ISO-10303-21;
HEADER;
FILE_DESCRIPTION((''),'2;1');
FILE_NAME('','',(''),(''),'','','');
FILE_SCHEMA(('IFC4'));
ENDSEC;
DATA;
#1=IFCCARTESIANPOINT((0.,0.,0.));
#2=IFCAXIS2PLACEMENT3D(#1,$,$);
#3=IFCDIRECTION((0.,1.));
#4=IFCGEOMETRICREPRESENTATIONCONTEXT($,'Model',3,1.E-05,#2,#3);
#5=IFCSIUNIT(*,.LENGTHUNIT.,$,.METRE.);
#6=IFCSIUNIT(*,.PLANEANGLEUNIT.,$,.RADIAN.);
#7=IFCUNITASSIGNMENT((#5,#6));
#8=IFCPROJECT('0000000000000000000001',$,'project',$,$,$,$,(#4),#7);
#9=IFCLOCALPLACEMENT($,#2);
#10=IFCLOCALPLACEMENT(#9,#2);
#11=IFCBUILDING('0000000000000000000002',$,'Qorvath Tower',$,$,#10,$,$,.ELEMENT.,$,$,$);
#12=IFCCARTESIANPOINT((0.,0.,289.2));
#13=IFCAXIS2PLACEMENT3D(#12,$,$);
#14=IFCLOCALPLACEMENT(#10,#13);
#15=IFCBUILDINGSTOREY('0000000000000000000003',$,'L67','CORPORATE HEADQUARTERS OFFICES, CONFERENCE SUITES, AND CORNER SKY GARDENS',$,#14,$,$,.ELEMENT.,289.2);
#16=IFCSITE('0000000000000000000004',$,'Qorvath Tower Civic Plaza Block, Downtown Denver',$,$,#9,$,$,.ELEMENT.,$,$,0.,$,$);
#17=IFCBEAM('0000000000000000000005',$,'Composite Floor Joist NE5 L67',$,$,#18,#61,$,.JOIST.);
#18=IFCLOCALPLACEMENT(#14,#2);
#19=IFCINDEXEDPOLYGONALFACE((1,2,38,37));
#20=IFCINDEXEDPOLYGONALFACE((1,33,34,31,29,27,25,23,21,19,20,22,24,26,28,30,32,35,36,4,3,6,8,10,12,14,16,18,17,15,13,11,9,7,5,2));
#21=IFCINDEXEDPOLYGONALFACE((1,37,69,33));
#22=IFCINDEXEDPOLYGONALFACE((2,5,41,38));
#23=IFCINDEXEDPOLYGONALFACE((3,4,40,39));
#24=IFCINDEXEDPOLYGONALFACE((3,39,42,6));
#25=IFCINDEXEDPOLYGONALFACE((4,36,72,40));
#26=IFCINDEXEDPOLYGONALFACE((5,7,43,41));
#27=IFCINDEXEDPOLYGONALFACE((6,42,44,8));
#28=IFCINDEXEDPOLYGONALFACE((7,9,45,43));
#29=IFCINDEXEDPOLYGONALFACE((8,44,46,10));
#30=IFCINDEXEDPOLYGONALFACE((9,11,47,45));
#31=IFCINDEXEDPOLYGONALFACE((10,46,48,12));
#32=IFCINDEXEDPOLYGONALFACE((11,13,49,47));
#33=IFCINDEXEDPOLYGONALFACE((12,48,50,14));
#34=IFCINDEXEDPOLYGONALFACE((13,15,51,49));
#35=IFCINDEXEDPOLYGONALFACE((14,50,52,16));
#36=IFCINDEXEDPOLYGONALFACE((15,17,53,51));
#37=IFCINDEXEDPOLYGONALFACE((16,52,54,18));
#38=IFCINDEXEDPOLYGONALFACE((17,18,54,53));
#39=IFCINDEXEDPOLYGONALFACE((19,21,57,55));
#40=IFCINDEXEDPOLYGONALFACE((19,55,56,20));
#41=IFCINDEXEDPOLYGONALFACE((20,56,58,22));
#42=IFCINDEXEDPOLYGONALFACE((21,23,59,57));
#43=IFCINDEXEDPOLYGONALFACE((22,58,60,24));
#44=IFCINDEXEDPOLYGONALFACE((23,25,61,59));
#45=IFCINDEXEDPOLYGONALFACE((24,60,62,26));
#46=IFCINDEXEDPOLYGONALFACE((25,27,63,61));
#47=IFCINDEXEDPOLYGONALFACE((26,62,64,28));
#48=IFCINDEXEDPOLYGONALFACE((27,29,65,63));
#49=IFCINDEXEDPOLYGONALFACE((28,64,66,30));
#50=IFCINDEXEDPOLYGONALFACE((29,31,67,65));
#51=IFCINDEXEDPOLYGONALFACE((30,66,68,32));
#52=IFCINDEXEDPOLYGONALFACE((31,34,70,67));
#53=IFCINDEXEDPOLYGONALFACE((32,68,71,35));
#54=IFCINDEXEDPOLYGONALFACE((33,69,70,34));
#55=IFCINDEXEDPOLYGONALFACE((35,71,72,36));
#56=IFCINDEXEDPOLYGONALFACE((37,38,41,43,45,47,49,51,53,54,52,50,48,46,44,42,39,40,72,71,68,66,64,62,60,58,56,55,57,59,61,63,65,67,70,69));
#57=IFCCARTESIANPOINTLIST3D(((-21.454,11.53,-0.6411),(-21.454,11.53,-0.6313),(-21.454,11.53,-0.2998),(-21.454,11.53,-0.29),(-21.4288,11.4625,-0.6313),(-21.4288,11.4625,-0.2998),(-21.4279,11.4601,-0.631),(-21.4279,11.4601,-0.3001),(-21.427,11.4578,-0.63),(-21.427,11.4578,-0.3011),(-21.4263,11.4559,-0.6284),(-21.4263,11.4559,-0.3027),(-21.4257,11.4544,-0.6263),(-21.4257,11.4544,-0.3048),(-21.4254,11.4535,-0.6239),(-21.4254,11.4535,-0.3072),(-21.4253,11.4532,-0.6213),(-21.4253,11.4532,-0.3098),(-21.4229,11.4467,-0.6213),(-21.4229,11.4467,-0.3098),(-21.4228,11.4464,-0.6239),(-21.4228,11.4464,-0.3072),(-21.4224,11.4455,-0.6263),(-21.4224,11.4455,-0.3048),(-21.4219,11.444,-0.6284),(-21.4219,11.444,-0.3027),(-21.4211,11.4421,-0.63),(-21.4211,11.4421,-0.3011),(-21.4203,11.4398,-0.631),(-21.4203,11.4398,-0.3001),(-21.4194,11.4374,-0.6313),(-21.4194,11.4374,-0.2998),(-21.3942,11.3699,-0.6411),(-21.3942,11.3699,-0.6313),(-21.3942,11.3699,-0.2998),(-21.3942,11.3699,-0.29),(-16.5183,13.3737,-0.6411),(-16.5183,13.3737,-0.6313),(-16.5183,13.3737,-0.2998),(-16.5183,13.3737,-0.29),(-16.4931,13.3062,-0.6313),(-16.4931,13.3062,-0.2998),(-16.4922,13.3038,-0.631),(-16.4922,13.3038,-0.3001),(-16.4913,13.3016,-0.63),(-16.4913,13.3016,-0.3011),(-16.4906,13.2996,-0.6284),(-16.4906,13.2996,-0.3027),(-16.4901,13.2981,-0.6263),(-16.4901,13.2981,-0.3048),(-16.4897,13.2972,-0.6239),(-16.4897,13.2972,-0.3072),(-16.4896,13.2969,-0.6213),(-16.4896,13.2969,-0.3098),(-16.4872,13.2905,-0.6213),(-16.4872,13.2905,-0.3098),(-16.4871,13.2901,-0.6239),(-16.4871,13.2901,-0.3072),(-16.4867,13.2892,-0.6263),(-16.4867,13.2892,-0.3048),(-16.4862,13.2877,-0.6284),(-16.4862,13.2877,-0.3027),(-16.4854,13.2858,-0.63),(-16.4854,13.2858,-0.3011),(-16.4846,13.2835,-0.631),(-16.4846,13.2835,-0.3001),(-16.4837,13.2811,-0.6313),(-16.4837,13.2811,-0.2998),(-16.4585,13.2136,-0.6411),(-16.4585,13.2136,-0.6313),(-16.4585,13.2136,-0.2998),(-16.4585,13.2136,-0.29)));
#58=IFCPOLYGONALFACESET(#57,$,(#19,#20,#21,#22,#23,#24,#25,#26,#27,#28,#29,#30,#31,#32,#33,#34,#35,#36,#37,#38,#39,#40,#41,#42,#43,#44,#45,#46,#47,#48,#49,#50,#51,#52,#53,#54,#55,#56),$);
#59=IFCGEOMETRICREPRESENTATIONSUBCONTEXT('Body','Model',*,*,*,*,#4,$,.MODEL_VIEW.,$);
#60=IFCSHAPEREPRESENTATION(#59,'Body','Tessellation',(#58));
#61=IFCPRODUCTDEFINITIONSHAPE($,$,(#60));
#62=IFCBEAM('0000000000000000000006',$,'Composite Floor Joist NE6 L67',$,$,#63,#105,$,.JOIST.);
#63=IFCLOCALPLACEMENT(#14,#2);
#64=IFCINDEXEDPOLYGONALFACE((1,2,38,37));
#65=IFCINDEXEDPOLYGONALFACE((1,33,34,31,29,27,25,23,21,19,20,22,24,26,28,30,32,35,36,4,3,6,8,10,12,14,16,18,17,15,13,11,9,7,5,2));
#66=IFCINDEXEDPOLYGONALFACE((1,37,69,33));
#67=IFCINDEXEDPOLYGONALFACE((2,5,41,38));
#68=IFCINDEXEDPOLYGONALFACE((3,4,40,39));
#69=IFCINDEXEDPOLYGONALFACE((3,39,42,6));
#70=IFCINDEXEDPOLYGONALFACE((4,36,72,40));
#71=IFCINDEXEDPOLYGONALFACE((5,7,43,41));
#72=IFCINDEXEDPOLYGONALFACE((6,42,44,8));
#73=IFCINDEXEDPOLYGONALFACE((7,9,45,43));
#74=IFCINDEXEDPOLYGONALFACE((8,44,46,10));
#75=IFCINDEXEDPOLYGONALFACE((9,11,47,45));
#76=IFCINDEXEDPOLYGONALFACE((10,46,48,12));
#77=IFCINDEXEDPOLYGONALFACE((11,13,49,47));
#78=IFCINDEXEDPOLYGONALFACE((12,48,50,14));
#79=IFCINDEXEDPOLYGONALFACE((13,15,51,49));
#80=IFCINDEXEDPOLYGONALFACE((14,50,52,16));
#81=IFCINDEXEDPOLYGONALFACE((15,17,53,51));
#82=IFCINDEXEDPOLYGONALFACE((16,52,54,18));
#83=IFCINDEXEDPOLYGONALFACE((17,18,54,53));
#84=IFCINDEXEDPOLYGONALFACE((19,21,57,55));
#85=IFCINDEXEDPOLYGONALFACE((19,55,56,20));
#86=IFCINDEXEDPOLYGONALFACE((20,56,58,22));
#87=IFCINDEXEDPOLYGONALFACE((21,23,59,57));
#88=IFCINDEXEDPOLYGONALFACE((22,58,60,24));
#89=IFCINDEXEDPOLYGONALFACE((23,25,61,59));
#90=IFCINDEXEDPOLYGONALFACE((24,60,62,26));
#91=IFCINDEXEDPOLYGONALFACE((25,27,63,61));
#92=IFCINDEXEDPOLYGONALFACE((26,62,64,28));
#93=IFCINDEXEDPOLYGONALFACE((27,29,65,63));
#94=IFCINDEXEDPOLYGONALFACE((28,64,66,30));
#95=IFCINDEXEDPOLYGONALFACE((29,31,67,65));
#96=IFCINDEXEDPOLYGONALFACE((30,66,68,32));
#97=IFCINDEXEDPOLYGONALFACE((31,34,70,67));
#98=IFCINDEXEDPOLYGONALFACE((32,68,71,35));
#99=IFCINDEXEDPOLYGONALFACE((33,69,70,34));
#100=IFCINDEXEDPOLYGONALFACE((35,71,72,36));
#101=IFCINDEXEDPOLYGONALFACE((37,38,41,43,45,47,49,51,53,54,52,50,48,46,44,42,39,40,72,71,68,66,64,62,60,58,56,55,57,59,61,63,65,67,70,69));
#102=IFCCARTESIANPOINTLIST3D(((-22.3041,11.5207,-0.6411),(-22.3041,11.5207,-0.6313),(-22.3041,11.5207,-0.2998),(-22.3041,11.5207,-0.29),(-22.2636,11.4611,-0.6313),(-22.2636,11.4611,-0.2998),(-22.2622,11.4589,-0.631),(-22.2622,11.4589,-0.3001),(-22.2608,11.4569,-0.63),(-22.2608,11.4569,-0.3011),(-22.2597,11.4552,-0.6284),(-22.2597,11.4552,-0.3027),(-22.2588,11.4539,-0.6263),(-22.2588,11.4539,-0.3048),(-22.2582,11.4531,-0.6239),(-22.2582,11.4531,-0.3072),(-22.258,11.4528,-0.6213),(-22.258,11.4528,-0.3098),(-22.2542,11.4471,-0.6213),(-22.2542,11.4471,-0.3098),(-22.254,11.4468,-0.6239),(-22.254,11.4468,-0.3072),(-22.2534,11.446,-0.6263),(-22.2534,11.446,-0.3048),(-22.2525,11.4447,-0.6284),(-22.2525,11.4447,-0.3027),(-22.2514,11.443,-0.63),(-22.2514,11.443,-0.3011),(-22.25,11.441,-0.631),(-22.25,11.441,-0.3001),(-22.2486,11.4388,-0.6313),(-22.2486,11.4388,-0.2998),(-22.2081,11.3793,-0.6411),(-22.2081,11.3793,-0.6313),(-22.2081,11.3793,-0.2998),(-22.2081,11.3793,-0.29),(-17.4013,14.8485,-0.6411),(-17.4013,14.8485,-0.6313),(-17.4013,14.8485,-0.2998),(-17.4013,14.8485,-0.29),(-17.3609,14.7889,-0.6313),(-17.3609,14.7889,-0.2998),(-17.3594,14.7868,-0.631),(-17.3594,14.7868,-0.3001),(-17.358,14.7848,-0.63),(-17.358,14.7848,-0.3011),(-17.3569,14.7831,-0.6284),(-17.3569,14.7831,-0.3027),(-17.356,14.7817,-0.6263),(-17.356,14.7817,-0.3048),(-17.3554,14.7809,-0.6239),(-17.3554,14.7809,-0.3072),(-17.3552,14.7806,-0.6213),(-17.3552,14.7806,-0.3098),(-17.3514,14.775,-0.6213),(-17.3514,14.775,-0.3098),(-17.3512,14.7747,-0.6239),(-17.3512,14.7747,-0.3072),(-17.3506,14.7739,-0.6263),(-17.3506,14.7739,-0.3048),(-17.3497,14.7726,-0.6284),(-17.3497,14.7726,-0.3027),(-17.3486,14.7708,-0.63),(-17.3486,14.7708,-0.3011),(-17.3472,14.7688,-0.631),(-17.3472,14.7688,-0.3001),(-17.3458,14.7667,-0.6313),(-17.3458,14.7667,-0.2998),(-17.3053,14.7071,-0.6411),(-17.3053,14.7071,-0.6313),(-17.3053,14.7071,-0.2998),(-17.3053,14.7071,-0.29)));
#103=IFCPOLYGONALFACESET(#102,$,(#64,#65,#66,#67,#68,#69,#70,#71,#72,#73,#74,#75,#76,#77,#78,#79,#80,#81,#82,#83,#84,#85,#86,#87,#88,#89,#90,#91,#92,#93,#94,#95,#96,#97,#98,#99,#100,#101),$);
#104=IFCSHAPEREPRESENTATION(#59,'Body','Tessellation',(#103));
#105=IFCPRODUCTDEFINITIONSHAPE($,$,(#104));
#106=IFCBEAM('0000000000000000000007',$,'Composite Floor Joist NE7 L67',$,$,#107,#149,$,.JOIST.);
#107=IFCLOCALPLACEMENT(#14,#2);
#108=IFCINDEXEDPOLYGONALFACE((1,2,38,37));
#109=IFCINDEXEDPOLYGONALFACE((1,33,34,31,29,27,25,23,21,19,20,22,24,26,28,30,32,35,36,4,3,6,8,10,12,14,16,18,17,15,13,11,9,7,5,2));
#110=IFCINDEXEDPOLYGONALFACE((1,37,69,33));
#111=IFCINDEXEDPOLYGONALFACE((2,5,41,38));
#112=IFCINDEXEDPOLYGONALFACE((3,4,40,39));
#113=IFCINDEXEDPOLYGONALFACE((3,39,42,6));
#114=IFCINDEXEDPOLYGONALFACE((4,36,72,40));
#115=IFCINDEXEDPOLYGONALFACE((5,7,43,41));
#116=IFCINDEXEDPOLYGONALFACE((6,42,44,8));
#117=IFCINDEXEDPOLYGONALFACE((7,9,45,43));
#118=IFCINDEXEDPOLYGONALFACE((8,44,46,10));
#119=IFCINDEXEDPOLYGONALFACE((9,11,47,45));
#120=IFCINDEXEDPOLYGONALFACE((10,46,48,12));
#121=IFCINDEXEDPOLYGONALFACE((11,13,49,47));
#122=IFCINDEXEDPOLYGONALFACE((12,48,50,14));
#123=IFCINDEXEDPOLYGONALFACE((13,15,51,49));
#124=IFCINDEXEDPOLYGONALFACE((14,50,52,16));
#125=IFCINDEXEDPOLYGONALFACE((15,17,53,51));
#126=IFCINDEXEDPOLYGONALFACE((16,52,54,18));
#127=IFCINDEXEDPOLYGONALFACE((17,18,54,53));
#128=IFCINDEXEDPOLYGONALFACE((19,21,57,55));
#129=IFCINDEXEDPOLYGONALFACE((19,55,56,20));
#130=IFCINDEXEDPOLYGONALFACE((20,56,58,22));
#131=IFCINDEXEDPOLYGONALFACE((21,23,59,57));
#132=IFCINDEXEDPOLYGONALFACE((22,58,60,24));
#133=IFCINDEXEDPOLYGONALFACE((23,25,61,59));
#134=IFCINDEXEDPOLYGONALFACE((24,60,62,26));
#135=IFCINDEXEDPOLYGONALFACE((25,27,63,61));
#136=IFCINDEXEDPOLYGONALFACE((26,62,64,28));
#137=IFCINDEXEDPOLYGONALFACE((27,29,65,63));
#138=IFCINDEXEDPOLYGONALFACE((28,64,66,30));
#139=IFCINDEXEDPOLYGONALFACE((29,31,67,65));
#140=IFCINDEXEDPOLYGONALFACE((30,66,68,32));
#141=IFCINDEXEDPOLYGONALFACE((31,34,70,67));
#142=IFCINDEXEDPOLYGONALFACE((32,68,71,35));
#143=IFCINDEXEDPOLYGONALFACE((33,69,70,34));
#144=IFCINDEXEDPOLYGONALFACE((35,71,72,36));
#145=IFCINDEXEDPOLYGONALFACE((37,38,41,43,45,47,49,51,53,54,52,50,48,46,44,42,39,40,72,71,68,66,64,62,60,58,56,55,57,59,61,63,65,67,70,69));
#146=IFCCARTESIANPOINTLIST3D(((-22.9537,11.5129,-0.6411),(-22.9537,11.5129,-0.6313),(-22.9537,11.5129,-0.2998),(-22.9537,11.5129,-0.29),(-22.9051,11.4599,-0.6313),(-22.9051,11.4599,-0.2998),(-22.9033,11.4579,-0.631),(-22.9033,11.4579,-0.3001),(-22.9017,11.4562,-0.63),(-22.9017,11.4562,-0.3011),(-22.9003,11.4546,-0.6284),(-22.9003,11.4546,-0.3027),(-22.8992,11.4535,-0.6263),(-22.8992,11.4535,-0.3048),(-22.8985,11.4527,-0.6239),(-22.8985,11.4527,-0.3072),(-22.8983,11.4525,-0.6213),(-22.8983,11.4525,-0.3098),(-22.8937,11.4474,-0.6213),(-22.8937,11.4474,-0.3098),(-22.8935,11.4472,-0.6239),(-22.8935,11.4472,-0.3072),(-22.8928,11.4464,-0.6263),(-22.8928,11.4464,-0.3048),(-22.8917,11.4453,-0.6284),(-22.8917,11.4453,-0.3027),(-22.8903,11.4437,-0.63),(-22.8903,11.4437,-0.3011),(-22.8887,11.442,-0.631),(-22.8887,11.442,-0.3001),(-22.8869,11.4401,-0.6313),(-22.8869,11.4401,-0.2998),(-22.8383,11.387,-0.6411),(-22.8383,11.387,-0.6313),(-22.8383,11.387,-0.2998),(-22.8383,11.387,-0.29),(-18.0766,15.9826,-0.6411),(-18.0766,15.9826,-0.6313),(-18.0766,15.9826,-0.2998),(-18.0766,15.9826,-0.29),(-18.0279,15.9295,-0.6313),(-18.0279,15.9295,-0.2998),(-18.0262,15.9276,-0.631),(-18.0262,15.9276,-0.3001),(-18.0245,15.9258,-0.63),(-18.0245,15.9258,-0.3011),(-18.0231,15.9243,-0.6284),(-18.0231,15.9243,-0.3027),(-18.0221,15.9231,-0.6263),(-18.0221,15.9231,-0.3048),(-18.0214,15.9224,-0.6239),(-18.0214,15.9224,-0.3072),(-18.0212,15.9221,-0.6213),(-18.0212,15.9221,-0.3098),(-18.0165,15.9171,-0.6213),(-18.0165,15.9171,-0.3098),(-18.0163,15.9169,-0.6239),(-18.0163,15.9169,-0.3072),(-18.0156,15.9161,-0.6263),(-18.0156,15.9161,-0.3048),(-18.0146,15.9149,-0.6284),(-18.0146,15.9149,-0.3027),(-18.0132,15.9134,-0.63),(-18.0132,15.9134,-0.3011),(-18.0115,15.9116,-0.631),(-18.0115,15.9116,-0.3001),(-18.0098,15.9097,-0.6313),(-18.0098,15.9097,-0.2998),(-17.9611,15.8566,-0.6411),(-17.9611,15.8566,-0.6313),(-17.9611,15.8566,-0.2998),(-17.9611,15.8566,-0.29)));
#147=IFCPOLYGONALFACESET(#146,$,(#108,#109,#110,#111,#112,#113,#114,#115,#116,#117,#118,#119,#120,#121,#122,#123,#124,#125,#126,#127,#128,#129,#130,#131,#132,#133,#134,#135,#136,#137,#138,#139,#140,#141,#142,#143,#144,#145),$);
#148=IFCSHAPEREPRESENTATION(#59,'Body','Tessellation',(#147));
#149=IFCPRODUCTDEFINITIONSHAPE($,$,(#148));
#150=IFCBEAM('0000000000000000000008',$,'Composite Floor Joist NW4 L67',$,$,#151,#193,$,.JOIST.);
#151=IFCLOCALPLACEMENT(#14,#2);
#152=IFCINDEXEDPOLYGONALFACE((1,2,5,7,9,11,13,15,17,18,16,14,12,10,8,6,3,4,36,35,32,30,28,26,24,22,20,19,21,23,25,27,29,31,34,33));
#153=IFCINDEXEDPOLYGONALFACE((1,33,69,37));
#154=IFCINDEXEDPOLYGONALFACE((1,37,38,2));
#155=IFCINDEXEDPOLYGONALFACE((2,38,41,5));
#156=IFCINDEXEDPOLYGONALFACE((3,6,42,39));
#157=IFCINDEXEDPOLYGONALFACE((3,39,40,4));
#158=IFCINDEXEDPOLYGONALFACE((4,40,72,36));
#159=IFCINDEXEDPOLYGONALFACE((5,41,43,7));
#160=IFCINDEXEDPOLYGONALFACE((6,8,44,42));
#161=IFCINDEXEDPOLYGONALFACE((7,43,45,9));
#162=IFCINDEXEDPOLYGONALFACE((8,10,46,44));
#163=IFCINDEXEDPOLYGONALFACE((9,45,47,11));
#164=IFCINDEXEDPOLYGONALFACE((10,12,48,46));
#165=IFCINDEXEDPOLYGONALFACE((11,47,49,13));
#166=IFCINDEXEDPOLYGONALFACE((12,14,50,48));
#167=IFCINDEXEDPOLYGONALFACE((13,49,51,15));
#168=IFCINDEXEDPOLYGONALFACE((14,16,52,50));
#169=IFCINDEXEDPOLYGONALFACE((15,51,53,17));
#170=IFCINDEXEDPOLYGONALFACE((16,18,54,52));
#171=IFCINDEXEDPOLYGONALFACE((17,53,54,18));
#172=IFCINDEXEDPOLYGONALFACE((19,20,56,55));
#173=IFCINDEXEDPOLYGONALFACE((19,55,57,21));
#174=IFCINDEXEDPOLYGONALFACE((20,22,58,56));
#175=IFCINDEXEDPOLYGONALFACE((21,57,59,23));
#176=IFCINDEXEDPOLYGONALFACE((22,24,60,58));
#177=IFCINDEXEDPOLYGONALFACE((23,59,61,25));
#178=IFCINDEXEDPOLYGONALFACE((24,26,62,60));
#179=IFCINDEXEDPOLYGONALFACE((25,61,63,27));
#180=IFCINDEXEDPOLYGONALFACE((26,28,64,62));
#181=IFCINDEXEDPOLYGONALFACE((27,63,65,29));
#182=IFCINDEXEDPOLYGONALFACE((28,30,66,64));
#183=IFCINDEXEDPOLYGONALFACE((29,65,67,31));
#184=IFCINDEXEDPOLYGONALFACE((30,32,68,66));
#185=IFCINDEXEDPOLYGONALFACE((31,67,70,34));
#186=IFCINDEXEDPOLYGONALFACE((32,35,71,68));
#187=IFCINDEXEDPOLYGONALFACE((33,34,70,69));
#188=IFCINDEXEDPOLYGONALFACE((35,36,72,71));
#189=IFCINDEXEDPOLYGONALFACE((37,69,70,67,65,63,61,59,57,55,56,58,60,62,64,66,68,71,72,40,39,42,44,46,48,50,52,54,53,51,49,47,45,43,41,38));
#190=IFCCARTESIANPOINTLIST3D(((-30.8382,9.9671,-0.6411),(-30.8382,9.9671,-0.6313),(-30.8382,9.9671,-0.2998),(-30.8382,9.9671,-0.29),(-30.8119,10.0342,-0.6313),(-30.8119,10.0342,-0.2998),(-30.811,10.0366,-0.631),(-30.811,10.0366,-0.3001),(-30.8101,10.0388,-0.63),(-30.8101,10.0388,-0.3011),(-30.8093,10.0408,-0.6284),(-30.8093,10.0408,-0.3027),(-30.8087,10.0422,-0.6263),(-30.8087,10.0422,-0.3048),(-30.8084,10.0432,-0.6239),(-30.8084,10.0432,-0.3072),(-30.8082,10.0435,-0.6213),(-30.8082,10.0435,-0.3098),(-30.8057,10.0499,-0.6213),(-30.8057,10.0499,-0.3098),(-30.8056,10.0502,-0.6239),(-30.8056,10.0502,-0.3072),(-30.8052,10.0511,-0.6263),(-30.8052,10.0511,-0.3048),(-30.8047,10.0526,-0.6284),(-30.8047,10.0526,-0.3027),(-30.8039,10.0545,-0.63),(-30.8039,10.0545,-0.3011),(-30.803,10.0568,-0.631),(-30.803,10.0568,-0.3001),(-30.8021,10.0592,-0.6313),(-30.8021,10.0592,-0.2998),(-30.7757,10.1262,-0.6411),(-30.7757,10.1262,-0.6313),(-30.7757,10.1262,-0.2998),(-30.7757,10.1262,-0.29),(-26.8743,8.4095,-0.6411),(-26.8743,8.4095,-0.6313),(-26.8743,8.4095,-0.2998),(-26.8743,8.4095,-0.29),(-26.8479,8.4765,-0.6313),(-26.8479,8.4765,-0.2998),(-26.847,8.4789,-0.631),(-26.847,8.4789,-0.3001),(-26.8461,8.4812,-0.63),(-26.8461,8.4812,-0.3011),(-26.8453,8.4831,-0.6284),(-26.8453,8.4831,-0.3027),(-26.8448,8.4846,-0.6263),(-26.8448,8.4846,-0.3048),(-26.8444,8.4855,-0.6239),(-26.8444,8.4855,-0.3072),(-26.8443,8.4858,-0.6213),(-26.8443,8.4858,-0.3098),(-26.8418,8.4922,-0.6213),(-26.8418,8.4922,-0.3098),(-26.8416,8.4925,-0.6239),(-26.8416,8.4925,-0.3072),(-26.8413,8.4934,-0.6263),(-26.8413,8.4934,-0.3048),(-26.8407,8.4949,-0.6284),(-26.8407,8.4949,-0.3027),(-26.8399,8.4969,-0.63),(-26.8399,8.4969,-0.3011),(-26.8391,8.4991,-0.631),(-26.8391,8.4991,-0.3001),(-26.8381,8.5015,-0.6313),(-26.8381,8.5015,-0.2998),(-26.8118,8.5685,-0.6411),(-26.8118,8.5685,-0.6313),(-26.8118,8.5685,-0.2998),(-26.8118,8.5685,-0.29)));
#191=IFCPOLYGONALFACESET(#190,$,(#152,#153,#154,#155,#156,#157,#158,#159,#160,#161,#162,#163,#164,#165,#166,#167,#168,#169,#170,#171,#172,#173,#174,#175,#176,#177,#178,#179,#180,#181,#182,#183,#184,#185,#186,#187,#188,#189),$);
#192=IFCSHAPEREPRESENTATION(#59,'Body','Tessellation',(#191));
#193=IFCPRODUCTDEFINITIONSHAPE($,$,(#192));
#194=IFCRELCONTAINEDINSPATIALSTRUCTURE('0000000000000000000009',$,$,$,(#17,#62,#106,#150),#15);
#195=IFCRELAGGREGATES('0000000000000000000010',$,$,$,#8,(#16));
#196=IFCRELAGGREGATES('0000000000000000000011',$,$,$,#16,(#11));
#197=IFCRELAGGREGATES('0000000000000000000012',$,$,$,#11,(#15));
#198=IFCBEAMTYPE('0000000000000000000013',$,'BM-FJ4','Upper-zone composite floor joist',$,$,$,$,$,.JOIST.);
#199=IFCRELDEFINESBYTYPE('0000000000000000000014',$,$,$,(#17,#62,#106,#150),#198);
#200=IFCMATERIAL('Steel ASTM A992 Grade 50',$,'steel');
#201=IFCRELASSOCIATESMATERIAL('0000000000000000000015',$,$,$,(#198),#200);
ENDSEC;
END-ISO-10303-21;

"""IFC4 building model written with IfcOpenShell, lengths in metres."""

from ifc_helpers import new_model, si_unit, direction, frame, origin, origin_2d, place, context, subcontext, project, spatial, i_section, extrude, material, material_profile, profile_set, type_object, element, save


model = new_model("IFC4")

# Units and contexts
model_context = context("Model", 3, precision=1e-05, world=origin(), true_north=direction((0.0, 1.0)))
body_context = subcontext(model_context, "Body", "Model", "MODEL_VIEW")
ifc_project = project(units=[si_unit("LENGTHUNIT", "METRE"), si_unit("PLANEANGLEUNIT", "RADIAN")], contexts=[model_context])

# Site, building, storey
site_placement = place(None, origin())
site = spatial("IfcSite", under=ifc_project, at=site_placement, Name="Qorvath Tower Civic Plaza Block, Downtown Denver", CompositionType="ELEMENT", RefElevation=0.0)
building_placement = place(site_placement, origin())
building = spatial("IfcBuilding", under=site, at=building_placement, Name="Qorvath Tower", CompositionType="ELEMENT")
storey_placement = place(building_placement, frame((0.0, 0.0, 289.2)))
storey = spatial("IfcBuildingStorey", under=building, at=storey_placement, Name="L67", Description="CORPORATE HEADQUARTERS OFFICES, CONFERENCE SUITES, AND CORNER SKY GARDENS", CompositionType="ELEMENT", Elevation=289.2)

# Beams
ifc_material_1 = material(Name="Steel ASTM A992 Grade 50", Category="steel")
ifc_material_profile_1 = material_profile(ifc_material_1, i_section(OverallWidth=0.1709, OverallDepth=0.3511, WebThickness=0.0068, FlangeThickness=0.0098, FilletRadius=0.01, at=origin_2d()), Name="W14x30")
ifc_profile_set_1 = profile_set([ifc_material_profile_1], Name="Steel ASTM A992 Grade 50")
beam_type_1 = type_object("IfcBeamType", Name="BM-FJ4", Description="Upper-zone composite floor joist", PredefinedType="JOIST", material=ifc_profile_set_1)
beam_1_placement = place(storey_placement, frame((-21.4241, 11.45, -0.4656), z_axis=(0.936776, 0.34993, 0.0), x_axis=(-0.34993, 0.936776, 0.0)))
element("IfcBeam", 1, at=beam_1_placement, inside=storey, type_object=beam_type_1, Name="Composite Floor Joist NE5 L67", PredefinedType="JOIST", context=body_context, shape_type="SweptSolid", body=[
    extrude(i_section(OverallWidth=0.1709, OverallDepth=0.3511, WebThickness=0.0068, FlangeThickness=0.0098, FilletRadius=0.01, at=origin_2d()), origin(), (0.0, 0.0, 1.0), 5.2688),
])
beam_2_placement = place(storey_placement, frame((-22.2561, 11.45, -0.4656), z_axis=(0.827401, 0.561612, 0.0), x_axis=(-0.561612, 0.827401, 0.0)))
element("IfcBeam", 2, at=beam_2_placement, inside=storey, type_object=beam_type_1, Name="Composite Floor Joist NE6 L67", PredefinedType="JOIST", context=body_context, shape_type="SweptSolid", body=[
    extrude(i_section(OverallWidth=0.1709, OverallDepth=0.3511, WebThickness=0.0068, FlangeThickness=0.0098, FilletRadius=0.01, at=origin_2d()), origin(), (0.0, 0.0, 1.0), 5.9255),
])
beam_3_placement = place(storey_placement, frame((-22.896, 11.45, -0.4656), z_axis=(0.737232, 0.675639, 0.0), x_axis=(-0.675639, 0.737232, 0.0)))
element("IfcBeam", 3, at=beam_3_placement, inside=storey, type_object=beam_type_1, Name="Composite Floor Joist NE7 L67", PredefinedType="JOIST", context=body_context, shape_type="SweptSolid", body=[
    extrude(i_section(OverallWidth=0.1709, OverallDepth=0.3511, WebThickness=0.0068, FlangeThickness=0.0098, FilletRadius=0.01, at=origin_2d()), origin(), (0.0, 0.0, 1.0), 6.6155),
])
beam_4_placement = place(storey_placement, frame((-26.843, 8.489, -0.4656), z_axis=(-0.930721, 0.36573, 0.0), x_axis=(-0.36573, -0.930721, 0.0)))
element("IfcBeam", 4, at=beam_4_placement, inside=storey, type_object=beam_type_1, Name="Composite Floor Joist NW4 L67", PredefinedType="JOIST", context=body_context, shape_type="SweptSolid", body=[
    extrude(i_section(OverallWidth=0.1709, OverallDepth=0.3511, WebThickness=0.0068, FlangeThickness=0.0098, FilletRadius=0.01, at=origin_2d()), origin(), (0.0, 0.0, 1.0), 4.259),
])

save(model, "model.ifc")
